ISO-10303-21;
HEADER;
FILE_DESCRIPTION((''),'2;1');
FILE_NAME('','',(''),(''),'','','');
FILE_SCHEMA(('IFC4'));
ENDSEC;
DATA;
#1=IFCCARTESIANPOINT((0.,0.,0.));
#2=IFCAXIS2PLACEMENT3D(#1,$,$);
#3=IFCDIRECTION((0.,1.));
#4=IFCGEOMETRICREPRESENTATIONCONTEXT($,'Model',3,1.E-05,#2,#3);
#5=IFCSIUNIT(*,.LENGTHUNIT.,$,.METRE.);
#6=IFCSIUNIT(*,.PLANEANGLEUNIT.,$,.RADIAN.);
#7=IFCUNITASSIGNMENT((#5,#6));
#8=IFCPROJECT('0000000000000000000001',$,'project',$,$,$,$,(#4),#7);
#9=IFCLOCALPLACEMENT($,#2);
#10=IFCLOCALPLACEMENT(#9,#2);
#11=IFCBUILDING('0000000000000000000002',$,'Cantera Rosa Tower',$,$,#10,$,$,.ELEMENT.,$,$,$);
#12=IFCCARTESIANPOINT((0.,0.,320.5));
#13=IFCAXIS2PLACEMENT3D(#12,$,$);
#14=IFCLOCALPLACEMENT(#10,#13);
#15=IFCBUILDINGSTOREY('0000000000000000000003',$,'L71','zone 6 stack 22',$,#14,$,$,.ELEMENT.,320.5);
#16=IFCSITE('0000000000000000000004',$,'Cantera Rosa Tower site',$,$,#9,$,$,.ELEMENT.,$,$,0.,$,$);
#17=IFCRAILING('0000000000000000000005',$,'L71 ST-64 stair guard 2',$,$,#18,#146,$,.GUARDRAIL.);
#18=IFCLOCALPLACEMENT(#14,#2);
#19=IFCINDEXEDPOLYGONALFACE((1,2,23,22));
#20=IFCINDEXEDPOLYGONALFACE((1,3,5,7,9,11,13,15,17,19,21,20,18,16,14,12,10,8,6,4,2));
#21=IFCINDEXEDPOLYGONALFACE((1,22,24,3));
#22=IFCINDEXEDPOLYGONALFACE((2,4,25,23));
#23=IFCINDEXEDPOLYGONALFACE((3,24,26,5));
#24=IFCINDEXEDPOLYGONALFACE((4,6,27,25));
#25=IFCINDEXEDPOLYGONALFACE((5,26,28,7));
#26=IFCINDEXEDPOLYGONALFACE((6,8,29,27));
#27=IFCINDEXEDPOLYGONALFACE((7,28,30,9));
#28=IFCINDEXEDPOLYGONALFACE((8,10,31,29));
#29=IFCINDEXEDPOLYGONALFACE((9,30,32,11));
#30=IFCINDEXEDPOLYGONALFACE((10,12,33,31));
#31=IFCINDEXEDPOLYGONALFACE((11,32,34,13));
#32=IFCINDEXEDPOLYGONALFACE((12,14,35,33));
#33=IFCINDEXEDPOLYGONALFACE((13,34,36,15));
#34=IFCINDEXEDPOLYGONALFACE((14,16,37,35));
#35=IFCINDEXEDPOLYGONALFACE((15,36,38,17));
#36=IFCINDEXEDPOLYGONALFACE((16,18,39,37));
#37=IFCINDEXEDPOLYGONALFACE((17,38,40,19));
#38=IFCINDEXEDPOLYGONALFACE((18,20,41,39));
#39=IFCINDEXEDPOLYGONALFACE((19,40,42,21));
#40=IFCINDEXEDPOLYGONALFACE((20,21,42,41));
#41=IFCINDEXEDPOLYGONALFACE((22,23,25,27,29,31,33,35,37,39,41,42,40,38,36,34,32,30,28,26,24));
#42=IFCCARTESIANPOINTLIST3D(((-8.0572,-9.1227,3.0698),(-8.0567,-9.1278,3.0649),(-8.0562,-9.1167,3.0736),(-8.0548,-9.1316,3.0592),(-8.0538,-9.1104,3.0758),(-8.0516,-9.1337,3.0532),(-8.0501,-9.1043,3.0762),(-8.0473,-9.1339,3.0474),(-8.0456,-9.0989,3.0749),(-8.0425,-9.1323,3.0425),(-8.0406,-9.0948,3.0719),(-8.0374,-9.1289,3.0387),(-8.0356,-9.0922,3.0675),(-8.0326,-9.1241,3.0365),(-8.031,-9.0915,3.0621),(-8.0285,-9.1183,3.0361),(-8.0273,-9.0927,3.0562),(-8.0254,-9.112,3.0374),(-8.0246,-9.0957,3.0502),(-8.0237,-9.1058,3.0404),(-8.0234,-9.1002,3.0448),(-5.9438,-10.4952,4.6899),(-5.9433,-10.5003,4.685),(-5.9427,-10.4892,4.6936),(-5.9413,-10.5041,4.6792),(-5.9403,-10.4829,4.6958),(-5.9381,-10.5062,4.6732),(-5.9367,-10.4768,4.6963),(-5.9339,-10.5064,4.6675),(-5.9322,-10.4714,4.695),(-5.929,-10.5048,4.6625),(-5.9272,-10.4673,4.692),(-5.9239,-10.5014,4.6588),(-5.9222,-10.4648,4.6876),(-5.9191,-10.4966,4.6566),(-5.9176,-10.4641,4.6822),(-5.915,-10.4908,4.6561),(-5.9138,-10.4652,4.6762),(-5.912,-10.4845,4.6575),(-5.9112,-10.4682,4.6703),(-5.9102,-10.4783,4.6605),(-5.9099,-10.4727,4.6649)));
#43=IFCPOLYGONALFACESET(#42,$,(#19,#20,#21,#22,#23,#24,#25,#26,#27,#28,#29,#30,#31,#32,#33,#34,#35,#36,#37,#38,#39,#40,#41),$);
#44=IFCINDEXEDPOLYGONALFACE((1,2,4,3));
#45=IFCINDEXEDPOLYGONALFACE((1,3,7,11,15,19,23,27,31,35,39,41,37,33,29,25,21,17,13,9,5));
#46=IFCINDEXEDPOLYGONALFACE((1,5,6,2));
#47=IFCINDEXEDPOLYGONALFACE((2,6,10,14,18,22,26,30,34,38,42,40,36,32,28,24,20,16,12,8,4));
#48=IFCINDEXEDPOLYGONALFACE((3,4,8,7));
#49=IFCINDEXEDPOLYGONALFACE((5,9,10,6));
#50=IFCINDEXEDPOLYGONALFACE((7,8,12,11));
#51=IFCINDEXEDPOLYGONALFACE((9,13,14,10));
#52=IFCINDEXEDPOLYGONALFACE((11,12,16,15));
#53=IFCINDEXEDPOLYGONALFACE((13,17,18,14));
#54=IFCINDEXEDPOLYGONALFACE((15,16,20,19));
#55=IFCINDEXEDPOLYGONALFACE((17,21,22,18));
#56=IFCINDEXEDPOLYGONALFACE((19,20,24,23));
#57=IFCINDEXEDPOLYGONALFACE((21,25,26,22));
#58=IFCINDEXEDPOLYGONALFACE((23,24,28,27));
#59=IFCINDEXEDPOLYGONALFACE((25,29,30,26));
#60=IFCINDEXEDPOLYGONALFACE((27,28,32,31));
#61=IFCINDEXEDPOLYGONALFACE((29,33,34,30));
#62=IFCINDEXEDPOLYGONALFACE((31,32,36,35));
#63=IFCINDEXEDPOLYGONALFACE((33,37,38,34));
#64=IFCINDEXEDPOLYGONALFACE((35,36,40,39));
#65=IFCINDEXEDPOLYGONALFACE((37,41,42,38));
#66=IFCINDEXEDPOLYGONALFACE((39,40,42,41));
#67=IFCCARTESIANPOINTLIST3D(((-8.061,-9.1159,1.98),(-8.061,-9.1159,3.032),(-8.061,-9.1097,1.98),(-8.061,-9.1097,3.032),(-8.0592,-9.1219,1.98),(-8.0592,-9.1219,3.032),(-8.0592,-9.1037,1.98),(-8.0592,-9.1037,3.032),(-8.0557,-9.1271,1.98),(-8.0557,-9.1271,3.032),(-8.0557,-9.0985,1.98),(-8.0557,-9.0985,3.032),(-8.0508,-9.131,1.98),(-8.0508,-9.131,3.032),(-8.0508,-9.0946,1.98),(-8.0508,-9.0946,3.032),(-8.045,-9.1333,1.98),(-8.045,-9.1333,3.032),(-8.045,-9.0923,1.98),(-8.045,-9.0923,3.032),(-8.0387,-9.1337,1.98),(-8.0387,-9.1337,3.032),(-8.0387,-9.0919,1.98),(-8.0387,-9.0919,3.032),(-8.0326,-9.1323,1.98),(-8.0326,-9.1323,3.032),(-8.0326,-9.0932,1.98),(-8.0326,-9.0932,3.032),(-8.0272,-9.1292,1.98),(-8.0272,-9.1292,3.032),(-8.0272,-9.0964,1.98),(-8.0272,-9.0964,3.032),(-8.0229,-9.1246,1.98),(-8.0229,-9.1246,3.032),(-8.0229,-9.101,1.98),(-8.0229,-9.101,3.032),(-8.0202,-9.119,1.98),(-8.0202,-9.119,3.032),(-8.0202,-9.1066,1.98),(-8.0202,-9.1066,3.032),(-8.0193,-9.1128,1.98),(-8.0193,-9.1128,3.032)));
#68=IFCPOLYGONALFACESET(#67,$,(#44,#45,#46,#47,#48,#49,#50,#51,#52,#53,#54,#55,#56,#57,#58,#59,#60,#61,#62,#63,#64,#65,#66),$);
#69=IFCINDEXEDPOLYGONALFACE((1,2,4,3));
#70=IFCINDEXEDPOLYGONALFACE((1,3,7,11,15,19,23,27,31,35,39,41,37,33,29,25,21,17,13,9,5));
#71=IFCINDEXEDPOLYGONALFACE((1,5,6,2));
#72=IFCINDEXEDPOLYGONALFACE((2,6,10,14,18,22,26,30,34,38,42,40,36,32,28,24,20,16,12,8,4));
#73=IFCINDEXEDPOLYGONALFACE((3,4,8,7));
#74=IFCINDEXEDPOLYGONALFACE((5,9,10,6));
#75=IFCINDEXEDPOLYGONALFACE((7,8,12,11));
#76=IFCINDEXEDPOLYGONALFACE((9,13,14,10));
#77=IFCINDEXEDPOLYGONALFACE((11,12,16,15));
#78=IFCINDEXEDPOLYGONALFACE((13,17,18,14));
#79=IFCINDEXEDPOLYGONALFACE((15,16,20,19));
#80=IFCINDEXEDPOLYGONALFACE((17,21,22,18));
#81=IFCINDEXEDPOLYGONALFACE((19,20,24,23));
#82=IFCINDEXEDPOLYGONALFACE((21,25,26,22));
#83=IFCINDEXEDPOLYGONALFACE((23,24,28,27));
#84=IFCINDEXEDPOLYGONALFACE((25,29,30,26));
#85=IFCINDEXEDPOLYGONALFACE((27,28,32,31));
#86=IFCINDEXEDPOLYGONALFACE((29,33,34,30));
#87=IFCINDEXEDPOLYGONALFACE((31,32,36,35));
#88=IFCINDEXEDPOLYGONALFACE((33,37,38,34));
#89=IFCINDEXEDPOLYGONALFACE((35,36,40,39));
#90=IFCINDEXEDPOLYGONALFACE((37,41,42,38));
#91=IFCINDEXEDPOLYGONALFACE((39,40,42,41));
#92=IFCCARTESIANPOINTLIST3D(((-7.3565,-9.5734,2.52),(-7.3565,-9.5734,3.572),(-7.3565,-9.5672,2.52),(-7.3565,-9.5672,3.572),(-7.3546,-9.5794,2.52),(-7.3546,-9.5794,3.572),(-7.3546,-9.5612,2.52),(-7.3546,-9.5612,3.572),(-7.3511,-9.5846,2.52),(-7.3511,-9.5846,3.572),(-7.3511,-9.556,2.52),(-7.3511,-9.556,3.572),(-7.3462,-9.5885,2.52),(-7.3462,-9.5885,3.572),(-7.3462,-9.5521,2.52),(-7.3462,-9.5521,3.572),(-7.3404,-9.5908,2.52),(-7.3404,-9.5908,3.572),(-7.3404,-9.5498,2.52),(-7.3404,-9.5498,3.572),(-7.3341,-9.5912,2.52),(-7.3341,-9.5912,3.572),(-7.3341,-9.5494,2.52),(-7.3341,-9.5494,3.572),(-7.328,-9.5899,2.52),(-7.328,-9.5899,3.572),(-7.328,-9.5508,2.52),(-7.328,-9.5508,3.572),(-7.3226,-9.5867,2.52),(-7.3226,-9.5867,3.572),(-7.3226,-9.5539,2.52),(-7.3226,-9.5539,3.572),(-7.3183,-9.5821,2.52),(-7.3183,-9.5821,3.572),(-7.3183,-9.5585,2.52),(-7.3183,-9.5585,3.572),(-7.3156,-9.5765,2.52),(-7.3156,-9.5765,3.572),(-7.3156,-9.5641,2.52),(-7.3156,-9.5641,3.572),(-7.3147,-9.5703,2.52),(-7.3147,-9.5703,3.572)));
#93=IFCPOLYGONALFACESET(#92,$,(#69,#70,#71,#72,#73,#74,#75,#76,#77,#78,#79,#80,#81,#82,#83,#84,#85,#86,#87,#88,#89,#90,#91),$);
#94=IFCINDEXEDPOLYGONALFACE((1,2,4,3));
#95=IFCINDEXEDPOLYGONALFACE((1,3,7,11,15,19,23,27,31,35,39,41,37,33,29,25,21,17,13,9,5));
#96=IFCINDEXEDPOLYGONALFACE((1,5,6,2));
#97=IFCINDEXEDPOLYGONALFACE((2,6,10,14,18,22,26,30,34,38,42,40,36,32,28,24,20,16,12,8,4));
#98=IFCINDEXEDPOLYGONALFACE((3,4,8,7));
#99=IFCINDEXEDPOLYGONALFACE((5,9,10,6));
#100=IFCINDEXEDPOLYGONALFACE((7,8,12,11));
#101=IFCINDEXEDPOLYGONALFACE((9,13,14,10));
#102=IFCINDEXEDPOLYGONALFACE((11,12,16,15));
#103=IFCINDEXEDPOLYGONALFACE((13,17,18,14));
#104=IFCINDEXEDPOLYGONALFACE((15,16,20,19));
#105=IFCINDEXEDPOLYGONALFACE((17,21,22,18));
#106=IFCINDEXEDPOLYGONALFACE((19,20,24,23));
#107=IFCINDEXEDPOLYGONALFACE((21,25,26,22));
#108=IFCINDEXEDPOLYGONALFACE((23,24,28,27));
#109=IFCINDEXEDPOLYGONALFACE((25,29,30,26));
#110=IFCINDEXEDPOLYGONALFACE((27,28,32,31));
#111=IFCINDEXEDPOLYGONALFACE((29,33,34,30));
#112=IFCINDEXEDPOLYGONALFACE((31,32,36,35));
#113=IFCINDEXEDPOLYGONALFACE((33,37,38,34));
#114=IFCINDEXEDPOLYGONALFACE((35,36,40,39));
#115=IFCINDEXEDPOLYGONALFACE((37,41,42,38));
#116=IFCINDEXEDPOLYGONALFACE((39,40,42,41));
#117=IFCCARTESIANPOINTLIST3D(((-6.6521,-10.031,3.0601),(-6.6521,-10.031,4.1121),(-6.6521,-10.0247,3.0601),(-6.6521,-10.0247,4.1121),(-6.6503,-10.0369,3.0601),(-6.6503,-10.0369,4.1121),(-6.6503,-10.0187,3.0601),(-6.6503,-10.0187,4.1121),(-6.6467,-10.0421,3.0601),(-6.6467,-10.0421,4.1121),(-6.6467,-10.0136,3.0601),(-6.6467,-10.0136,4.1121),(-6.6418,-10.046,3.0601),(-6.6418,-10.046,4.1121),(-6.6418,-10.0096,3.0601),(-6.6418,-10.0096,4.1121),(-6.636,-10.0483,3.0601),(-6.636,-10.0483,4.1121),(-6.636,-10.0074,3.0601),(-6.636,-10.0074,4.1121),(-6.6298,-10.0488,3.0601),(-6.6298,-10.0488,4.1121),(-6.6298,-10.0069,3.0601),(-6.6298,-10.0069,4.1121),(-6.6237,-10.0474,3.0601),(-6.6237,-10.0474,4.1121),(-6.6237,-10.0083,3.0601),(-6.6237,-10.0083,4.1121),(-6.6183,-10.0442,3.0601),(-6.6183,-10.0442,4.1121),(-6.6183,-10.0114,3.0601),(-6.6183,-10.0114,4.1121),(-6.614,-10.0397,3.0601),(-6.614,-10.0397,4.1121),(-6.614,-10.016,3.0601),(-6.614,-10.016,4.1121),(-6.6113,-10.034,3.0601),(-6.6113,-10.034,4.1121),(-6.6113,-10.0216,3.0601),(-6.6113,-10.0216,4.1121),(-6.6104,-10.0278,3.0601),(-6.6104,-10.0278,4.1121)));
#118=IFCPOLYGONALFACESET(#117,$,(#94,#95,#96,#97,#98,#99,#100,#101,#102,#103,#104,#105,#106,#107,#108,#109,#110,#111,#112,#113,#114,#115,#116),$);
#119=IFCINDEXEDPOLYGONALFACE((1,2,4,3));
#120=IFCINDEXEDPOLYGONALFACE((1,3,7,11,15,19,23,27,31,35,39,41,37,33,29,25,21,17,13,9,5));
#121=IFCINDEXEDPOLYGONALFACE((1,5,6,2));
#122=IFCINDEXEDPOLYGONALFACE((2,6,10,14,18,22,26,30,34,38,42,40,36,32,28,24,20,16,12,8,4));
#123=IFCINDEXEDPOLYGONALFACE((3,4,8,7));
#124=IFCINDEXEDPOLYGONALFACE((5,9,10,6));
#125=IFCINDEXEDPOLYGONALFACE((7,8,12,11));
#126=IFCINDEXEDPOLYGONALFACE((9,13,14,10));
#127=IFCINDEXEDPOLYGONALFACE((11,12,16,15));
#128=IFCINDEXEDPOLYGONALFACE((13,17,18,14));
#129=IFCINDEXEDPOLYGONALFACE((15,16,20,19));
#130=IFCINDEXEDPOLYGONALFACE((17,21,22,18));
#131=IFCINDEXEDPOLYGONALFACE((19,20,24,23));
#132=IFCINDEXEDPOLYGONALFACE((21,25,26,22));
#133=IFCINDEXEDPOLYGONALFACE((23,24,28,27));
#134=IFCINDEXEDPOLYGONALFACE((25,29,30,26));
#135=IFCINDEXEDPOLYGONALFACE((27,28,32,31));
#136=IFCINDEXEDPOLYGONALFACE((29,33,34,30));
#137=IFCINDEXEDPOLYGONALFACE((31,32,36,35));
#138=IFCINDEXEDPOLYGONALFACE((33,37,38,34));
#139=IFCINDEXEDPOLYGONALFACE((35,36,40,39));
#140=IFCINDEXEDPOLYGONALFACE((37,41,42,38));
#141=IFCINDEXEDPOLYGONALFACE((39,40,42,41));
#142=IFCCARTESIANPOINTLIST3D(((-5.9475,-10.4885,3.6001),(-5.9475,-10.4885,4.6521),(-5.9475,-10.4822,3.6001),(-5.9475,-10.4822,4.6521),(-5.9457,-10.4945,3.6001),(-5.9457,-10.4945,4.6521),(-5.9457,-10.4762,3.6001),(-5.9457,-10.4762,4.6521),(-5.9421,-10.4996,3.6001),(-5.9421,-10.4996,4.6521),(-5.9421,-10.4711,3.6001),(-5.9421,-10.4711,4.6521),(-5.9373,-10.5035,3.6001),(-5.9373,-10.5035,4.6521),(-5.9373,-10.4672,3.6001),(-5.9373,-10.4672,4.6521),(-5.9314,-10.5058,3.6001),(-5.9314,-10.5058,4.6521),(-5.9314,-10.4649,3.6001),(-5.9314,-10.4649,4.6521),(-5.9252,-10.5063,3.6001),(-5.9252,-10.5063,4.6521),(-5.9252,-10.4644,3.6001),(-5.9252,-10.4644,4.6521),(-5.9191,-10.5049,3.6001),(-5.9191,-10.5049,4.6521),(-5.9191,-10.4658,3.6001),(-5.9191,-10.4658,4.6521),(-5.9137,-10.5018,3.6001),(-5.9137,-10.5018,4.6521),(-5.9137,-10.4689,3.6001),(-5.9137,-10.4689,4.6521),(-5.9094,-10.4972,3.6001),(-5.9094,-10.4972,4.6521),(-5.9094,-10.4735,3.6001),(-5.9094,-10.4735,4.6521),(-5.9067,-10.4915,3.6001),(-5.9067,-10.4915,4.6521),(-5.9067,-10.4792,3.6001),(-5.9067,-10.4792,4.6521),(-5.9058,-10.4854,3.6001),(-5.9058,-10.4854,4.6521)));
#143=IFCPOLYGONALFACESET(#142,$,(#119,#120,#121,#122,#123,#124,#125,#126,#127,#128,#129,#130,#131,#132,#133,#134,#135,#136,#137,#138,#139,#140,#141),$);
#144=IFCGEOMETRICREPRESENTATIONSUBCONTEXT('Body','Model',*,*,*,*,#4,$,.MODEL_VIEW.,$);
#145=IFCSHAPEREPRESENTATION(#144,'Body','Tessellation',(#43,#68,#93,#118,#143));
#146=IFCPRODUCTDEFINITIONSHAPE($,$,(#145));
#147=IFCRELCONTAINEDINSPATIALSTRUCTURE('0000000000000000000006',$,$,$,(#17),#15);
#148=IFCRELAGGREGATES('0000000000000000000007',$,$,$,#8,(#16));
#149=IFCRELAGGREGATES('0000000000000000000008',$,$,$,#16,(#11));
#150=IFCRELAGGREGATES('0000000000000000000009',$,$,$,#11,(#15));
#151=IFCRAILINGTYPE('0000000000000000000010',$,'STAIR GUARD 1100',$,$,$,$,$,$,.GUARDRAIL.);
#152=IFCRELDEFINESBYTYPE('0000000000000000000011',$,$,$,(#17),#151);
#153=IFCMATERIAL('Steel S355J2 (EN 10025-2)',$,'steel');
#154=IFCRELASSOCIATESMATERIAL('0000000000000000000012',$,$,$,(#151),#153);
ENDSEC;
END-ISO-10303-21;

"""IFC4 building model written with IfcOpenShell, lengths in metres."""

from ifc_helpers import new_model, si_unit, direction, frame, origin, origin_2d, place, context, subcontext, project, spatial, circle, extrude, material, type_object, element, save


model = new_model("IFC4")

# Units and contexts
model_context = context("Model", 3, precision=1e-05, world=origin(), true_north=direction((0.0, 1.0)))
body_context = subcontext(model_context, "Body", "Model", "MODEL_VIEW")
ifc_project = project(units=[si_unit("LENGTHUNIT", "METRE"), si_unit("PLANEANGLEUNIT", "RADIAN")], contexts=[model_context])

# Site, building, storey
site_placement = place(None, origin())
site = spatial("IfcSite", under=ifc_project, at=site_placement, Name="Cantera Rosa Tower site", CompositionType="ELEMENT", RefElevation=0.0)
building_placement = place(site_placement, origin())
building = spatial("IfcBuilding", under=site, at=building_placement, Name="Cantera Rosa Tower", CompositionType="ELEMENT")
storey_placement = place(building_placement, frame((0.0, 0.0, 320.5)))
storey = spatial("IfcBuildingStorey", under=building, at=storey_placement, Name="L71", Description="zone 6 stack 22", CompositionType="ELEMENT", Elevation=320.5)

# Railing
ifc_material_1 = material(Name="Steel S355J2 (EN 10025-2)", Category="steel")
railing_type_1 = type_object("IfcRailingType", Name="STAIR GUARD 1100", PredefinedType="GUARDRAIL", material=ifc_material_1)
railing_1_placement = place(storey_placement, frame((-8.0403, -9.1128, 1.98)))
element("IfcRailing", 1, at=railing_1_placement, inside=storey, type_object=railing_type_1, Name="L71 ST-64 stair guard 2", PredefinedType="GUARDRAIL", context=body_context, shape_type="SweptSolid", body=[
    extrude(circle(Radius=0.0239, at=origin_2d()), frame((0.0, 0.0, 1.0762), z_axis=(0.705462, -0.458139, 0.54077), x_axis=(0.544644, 0.838667, 0.0)), (0.0, 0.0, 1.0), 2.9958),
    extrude(circle(Radius=0.021, at=origin_2d()), origin(), (0.0, 0.0, 1.0), 1.052),
    extrude(circle(Radius=0.021, at=origin_2d()), frame((0.7046, -0.4575, 0.54)), (0.0, 0.0, 1.0), 1.052),
    extrude(circle(Radius=0.021, at=origin_2d()), frame((1.4089, -0.915, 1.0801)), (0.0, 0.0, 1.0), 1.052),
    extrude(circle(Radius=0.021, at=origin_2d()), frame((2.1135, -1.3726, 1.6201)), (0.0, 0.0, 1.0), 1.052),
])

save(model, "model.ifc")
